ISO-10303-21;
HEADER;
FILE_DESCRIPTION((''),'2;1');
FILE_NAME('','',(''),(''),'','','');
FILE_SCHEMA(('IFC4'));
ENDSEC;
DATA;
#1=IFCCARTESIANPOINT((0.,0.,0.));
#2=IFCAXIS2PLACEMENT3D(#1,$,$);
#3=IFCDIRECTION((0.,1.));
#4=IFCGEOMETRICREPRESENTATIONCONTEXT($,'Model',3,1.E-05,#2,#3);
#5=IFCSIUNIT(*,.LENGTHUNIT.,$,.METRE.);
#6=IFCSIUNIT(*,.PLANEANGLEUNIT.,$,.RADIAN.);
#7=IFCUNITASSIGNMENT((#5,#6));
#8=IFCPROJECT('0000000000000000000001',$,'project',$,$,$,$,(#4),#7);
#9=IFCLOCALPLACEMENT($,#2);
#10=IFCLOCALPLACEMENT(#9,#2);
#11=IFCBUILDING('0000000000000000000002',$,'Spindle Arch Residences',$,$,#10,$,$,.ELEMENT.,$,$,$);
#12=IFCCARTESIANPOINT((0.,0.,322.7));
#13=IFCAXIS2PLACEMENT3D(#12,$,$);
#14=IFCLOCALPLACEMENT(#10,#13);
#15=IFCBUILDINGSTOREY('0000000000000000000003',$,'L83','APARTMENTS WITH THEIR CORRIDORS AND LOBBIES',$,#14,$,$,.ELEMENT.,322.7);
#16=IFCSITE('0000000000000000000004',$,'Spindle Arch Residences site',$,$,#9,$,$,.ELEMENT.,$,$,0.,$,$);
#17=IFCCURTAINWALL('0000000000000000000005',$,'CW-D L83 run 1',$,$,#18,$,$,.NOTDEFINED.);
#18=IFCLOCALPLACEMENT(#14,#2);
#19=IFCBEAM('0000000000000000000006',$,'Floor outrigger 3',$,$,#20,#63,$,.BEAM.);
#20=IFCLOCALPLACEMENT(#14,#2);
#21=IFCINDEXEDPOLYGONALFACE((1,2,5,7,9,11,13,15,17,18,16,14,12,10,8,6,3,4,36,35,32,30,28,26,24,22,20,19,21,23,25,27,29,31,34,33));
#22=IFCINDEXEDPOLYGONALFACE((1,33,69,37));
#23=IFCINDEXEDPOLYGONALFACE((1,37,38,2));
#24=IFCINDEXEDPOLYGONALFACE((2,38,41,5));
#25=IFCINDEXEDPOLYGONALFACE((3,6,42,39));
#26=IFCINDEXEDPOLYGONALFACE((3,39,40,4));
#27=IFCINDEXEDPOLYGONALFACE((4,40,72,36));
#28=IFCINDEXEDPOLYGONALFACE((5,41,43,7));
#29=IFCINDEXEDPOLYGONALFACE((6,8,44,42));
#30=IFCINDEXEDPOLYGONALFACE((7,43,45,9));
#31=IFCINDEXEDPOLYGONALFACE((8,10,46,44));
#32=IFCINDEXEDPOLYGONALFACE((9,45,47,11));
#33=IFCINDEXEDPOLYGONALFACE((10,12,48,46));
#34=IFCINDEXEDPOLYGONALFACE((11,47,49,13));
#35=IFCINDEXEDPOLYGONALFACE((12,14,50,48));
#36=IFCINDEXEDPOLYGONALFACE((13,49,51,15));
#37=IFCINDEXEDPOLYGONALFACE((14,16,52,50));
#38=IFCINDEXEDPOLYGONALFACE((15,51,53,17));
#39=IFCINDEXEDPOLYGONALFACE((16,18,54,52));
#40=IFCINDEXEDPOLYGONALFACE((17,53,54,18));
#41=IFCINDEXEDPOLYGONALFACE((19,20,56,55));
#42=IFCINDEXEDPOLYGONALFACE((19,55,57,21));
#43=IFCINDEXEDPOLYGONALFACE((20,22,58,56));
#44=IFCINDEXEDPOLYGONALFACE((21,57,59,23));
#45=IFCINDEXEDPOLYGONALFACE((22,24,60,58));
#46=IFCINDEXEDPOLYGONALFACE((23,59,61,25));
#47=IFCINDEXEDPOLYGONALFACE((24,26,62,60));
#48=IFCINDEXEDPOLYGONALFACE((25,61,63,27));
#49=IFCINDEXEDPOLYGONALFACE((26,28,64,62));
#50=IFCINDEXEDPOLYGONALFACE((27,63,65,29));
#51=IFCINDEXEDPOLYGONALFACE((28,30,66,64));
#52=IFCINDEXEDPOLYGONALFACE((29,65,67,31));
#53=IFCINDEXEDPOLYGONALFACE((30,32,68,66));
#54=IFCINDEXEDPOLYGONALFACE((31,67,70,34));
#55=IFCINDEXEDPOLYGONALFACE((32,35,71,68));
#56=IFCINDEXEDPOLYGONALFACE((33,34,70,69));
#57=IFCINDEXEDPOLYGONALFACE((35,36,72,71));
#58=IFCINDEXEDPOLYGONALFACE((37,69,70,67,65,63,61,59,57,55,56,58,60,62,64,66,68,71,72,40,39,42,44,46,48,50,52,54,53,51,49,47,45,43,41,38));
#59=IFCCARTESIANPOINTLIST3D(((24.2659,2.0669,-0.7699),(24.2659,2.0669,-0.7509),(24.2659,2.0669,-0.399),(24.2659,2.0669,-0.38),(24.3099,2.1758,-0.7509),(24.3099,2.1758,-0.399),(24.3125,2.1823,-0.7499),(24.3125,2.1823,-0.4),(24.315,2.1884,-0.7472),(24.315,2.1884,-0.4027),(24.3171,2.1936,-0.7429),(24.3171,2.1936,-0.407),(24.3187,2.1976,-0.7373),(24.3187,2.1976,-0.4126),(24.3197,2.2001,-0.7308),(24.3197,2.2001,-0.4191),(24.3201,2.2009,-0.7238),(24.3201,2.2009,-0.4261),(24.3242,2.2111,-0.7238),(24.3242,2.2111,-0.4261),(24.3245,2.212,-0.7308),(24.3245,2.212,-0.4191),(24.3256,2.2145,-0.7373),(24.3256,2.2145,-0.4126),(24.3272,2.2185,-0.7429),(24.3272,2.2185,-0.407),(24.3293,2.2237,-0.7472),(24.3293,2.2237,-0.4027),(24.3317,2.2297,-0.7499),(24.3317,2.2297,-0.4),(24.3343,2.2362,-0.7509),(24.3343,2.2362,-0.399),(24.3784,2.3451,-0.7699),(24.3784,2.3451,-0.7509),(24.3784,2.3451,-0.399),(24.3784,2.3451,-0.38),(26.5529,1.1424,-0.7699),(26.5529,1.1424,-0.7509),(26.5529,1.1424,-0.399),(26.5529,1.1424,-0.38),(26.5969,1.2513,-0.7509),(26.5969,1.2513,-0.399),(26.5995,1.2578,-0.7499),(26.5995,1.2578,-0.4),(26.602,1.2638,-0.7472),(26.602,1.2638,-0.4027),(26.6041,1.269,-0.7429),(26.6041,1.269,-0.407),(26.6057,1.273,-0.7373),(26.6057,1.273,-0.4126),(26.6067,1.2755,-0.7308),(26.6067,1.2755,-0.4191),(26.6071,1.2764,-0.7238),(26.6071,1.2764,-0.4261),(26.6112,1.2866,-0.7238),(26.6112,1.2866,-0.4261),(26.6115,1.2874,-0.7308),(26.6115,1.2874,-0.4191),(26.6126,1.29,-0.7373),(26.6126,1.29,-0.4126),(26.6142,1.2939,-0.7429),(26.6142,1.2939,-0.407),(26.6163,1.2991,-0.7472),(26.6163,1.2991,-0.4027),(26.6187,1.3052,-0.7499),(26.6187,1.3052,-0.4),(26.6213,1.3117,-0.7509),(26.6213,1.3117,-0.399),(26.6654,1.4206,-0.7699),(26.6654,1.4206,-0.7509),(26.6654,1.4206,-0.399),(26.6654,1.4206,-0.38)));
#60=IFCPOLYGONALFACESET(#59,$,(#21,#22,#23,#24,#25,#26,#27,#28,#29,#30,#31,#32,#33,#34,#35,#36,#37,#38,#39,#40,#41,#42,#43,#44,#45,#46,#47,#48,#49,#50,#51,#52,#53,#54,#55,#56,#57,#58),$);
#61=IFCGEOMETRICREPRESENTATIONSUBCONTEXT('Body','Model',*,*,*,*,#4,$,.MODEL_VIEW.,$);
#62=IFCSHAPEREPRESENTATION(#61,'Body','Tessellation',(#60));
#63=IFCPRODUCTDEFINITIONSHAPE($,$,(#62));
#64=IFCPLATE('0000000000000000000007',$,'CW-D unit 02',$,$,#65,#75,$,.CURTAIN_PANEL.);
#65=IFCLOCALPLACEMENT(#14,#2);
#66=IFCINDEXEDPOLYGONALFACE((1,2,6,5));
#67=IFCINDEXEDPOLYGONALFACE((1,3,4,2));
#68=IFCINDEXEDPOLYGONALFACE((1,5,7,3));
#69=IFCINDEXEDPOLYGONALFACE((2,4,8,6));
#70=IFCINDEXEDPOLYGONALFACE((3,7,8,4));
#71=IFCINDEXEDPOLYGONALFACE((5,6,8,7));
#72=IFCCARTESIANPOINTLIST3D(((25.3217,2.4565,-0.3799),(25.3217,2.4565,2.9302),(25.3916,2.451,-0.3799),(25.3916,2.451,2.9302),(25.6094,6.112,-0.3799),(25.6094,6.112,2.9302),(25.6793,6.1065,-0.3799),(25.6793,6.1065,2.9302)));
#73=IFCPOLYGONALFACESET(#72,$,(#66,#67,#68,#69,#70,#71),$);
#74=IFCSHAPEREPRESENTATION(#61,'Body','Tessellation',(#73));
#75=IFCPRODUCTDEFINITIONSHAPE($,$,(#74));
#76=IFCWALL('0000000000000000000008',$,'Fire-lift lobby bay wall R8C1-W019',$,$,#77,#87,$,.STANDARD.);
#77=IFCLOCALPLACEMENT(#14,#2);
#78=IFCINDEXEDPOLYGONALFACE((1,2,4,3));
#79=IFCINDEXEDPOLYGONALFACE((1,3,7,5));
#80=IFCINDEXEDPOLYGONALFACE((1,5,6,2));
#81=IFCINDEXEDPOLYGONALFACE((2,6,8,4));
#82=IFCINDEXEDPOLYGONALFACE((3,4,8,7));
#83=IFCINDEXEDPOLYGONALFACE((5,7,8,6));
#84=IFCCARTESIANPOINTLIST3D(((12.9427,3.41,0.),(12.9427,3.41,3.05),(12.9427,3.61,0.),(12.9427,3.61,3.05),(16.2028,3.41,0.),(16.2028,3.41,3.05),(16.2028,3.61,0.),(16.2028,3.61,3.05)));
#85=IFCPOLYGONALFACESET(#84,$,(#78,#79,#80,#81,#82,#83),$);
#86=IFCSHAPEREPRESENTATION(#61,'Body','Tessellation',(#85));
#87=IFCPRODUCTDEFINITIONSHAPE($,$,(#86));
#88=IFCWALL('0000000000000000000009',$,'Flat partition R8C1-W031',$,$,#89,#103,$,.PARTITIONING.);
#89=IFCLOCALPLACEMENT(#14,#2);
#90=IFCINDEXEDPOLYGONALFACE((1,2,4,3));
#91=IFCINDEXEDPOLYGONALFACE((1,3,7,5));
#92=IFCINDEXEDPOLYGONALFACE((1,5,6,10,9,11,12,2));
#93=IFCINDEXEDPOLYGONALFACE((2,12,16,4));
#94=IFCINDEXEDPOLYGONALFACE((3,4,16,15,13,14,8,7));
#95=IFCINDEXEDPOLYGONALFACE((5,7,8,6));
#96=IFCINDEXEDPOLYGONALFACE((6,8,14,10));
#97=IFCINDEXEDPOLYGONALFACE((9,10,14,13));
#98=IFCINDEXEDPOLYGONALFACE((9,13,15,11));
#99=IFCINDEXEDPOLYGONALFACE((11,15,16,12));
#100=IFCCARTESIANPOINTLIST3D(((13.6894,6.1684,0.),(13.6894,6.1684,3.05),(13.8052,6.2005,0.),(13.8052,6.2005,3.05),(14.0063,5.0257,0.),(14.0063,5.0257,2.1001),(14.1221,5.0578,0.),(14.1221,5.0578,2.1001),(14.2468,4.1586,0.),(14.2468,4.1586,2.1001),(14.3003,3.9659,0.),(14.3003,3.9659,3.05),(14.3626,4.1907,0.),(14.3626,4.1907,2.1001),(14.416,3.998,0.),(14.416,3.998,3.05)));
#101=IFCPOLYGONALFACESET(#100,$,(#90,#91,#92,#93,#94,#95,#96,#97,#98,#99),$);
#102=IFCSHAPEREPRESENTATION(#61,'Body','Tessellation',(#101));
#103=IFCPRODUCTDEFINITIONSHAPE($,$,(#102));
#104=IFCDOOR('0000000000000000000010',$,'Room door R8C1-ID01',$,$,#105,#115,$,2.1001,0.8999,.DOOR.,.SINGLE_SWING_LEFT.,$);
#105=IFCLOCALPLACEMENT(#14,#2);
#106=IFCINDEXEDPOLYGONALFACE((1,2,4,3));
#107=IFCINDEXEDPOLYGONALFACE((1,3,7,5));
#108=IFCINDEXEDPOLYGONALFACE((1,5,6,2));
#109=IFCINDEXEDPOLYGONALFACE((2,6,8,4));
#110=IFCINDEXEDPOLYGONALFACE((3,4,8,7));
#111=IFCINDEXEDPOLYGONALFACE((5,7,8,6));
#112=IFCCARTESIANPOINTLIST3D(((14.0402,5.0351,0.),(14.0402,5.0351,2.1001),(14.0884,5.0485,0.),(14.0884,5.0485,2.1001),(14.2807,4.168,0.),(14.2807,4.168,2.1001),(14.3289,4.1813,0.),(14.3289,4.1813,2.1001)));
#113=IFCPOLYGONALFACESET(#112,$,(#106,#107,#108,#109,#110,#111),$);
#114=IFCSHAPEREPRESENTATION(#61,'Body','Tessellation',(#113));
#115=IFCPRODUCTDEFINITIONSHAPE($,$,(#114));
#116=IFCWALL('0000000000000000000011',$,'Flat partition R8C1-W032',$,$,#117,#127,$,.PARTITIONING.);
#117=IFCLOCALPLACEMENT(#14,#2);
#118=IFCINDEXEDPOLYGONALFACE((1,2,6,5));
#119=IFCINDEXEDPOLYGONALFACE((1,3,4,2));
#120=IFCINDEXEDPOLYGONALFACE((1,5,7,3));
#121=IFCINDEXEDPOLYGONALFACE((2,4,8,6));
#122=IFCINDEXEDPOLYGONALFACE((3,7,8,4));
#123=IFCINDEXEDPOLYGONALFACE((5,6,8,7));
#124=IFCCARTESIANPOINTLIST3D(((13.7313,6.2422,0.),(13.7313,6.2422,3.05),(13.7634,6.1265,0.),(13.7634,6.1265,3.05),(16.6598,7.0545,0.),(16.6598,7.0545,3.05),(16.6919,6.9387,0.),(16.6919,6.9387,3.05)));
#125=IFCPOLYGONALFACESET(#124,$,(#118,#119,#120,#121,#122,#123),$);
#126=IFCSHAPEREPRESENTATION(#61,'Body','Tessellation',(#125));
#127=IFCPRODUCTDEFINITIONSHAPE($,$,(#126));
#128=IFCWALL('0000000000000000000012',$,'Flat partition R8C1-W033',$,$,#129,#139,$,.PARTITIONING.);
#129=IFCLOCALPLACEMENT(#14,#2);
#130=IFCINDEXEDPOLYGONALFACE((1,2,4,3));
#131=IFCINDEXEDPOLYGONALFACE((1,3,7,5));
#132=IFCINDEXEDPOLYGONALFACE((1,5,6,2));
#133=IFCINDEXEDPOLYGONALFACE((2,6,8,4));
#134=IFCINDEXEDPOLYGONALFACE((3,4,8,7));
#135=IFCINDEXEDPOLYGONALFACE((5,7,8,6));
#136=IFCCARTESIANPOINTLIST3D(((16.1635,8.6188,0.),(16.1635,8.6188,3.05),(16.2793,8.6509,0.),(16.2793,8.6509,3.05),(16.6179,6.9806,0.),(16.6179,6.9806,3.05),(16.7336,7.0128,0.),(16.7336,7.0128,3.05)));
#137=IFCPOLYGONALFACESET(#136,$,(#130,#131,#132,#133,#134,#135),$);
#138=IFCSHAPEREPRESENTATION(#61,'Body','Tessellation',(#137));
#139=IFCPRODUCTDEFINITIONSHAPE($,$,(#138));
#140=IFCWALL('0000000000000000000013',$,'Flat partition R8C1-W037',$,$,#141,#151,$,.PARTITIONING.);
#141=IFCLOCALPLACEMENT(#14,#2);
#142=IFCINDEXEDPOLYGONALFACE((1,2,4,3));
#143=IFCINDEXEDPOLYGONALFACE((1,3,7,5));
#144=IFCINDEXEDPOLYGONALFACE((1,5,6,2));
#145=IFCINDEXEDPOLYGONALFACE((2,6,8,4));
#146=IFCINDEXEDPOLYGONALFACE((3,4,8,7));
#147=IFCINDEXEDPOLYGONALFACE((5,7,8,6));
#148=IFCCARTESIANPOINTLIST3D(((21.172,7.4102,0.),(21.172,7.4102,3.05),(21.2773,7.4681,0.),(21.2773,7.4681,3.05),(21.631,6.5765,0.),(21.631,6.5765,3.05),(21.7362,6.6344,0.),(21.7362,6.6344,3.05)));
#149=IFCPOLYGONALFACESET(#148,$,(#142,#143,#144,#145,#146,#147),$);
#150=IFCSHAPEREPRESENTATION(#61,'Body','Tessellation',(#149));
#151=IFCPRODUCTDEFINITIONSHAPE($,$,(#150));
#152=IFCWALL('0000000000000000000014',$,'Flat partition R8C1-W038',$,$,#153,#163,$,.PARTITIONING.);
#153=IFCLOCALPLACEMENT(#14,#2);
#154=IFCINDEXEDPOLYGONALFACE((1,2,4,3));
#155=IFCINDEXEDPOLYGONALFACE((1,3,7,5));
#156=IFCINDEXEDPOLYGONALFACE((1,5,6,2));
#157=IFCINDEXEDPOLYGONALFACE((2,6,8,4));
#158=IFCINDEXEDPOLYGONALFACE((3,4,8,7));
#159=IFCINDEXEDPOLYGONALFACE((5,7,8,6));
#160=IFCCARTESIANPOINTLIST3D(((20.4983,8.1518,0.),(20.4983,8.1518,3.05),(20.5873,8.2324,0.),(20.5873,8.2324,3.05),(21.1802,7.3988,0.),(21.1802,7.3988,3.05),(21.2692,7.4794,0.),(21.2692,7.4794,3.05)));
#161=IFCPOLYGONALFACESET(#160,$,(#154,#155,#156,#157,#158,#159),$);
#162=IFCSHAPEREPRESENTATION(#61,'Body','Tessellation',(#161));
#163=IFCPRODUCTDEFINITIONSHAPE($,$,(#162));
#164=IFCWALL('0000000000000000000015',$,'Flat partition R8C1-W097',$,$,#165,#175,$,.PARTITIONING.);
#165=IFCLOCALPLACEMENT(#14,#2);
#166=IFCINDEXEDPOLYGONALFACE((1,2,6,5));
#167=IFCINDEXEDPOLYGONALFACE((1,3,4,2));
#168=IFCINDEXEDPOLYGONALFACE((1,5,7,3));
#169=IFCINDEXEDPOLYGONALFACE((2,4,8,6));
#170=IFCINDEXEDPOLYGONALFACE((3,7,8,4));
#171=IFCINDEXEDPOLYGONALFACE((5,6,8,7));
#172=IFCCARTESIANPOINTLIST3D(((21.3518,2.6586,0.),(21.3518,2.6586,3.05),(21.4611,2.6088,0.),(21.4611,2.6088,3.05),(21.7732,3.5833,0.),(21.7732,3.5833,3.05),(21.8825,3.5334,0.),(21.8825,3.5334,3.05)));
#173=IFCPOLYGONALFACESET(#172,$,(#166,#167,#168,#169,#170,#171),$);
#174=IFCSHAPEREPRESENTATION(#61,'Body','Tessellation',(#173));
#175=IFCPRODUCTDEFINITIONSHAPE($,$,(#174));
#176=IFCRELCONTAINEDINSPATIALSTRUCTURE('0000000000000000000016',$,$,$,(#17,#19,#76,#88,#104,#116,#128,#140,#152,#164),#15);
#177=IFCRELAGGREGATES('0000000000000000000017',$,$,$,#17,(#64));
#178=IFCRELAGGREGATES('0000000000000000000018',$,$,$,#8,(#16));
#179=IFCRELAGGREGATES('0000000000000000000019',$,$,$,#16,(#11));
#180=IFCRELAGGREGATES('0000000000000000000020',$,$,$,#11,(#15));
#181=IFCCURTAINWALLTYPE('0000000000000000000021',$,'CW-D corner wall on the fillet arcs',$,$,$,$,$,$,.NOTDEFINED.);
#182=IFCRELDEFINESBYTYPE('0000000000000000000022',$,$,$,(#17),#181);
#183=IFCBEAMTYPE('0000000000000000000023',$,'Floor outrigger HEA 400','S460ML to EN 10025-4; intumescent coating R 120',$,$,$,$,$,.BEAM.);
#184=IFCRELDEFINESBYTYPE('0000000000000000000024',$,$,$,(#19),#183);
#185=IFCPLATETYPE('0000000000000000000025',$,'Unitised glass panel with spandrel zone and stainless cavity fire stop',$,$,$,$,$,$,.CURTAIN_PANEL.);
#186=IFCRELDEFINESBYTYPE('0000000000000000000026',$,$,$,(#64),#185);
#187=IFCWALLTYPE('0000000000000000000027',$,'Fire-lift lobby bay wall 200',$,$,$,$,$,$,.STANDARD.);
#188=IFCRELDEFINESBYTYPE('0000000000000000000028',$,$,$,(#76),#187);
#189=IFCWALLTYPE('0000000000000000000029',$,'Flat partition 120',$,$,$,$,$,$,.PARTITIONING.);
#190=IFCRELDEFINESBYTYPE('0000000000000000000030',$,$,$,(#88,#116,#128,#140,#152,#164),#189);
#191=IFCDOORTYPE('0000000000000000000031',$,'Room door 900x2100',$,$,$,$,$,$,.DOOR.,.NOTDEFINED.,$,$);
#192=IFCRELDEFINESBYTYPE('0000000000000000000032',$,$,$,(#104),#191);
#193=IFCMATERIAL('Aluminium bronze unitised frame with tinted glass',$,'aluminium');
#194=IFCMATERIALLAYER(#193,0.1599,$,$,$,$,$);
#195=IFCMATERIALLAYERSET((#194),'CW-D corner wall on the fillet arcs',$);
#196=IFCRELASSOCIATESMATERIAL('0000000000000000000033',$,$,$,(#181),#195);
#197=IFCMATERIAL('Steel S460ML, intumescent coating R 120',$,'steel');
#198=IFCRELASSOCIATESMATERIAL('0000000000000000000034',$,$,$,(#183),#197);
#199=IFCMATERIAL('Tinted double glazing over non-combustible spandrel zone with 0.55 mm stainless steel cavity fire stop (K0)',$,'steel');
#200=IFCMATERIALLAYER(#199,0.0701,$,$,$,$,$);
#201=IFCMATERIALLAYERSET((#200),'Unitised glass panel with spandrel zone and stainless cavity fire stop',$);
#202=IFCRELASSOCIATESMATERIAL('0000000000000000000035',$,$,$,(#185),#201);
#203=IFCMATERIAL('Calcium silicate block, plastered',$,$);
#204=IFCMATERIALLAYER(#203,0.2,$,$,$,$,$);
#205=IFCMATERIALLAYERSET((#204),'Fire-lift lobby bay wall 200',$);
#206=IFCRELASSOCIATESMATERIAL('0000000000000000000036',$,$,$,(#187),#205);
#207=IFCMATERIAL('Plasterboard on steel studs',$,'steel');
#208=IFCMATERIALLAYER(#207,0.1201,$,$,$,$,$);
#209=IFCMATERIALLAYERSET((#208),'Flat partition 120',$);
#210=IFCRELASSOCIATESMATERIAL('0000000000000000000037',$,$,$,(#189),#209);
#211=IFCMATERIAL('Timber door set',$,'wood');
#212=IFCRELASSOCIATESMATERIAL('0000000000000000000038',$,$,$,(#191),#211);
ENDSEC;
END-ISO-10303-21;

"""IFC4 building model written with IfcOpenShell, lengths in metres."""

from ifc_helpers import new_model, si_unit, direction, frame, frame_2d, origin, origin_2d, place, context, subcontext, project, spatial, rectangle, i_section, extrude, material, layer, layer_set, material_profile, profile_set, type_object, element, fill, aggregate, save


model = new_model("IFC4")

# Units and contexts
model_context = context("Model", 3, precision=1e-05, world=origin(), true_north=direction((0.0, 1.0)))
body_context = subcontext(model_context, "Body", "Model", "MODEL_VIEW")
ifc_project = project(units=[si_unit("LENGTHUNIT", "METRE"), si_unit("PLANEANGLEUNIT", "RADIAN")], contexts=[model_context])

# Site, building, storey
site_placement = place(None, origin())
site = spatial("IfcSite", under=ifc_project, at=site_placement, Name="Spindle Arch Residences site", CompositionType="ELEMENT", RefElevation=0.0)
building_placement = place(site_placement, origin())
building = spatial("IfcBuilding", under=site, at=building_placement, Name="Spindle Arch Residences", CompositionType="ELEMENT")
storey_placement = place(building_placement, frame((0.0, 0.0, 322.7)))
storey = spatial("IfcBuildingStorey", under=building, at=storey_placement, Name="L83", Description="APARTMENTS WITH THEIR CORRIDORS AND LOBBIES", CompositionType="ELEMENT", Elevation=322.7)

# Curtain wall
ifc_material_1 = material(Name="Aluminium bronze unitised frame with tinted glass", Category="aluminium")
ifc_layer_1 = layer(ifc_material_1, 0.1599)
ifc_layer_set_1 = layer_set([ifc_layer_1], Name="CW-D corner wall on the fillet arcs")
curtain_wall_type = type_object("IfcCurtainWallType", Name="CW-D corner wall on the fillet arcs", PredefinedType="NOTDEFINED", material=ifc_layer_set_1)
curtain_wall_placement = place(storey_placement, origin())
curtain_wall = element("IfcCurtainWall", 1, at=curtain_wall_placement, inside=storey, type_object=curtain_wall_type, Name="CW-D L83 run 1", PredefinedType="NOTDEFINED")

# Beam
ifc_material_2 = material(Name="Steel S460ML, intumescent coating R 120", Category="steel")
ifc_material_profile_1 = material_profile(ifc_material_2, i_section(OverallWidth=0.3, OverallDepth=0.3899, WebThickness=0.011, FlangeThickness=0.019, FilletRadius=0.0271, at=origin_2d()), Name="HEA 400")
ifc_profile_set_1 = profile_set([ifc_material_profile_1], Name="Steel S460ML, intumescent coating R 120")
beam_type = type_object("IfcBeamType", Name="Floor outrigger HEA 400", Description="S460ML to EN 10025-4; intumescent coating R 120", PredefinedType="BEAM", material=ifc_profile_set_1)
beam_placement = place(storey_placement, frame((26.6091, 1.2815, -0.575), z_axis=(-0.927112, 0.374784, 0.0), x_axis=(-0.374784, -0.927112, 0.0)))
element("IfcBeam", 2, at=beam_placement, inside=storey, type_object=beam_type, Name="Floor outrigger 3", PredefinedType="BEAM", context=body_context, shape_type="SweptSolid", body=[
    extrude(i_section(OverallWidth=0.3, OverallDepth=0.3899, WebThickness=0.011, FlangeThickness=0.019, FilletRadius=0.0271, at=origin_2d()), origin(), (0.0, 0.0, 1.0), 2.4668),
])

# Plate
ifc_material_3 = material(Name="Tinted double glazing over non-combustible spandrel zone with 0.55 mm stainless steel cavity fire stop (K0)", Category="steel")
ifc_layer_2 = layer(ifc_material_3, 0.0701)
ifc_layer_set_2 = layer_set([ifc_layer_2], Name="Unitised glass panel with spandrel zone and stainless cavity fire stop")
plate_type = type_object("IfcPlateType", Name="Unitised glass panel with spandrel zone and stainless cavity fire stop", PredefinedType="CURTAIN_PANEL", material=ifc_layer_set_2)
plate_placement = place(storey_placement, frame((25.5005, 4.2815, -0.3799), z_axis=(0.0, 0.0, 1.0), x_axis=(0.078459, 0.996917, 0.0)))
plate = element("IfcPlate", 3, at=plate_placement, type_object=plate_type, Name="CW-D unit 02", PredefinedType="CURTAIN_PANEL", context=body_context, shape_type="SweptSolid", body=[
    extrude(rectangle(XDim=3.6667, YDim=0.0701, at=origin_2d()), origin(), (0.0, 0.0, 1.0), 3.3101),
])
aggregate(curtain_wall, [plate])

# Wall
ifc_material_4 = material(Name="Calcium silicate block, plastered")
ifc_layer_3 = layer(ifc_material_4, 0.2)
ifc_layer_set_3 = layer_set([ifc_layer_3], Name="Fire-lift lobby bay wall 200")
wall_type_1 = type_object("IfcWallType", Name="Fire-lift lobby bay wall 200", PredefinedType="STANDARD", material=ifc_layer_set_3)
wall_1_placement = place(storey_placement, frame((16.2026, 3.51, 0.0), z_axis=(0.0, 0.0, 1.0), x_axis=(-1.0, 0.0, 0.0)))
element("IfcWall", 4, at=wall_1_placement, inside=storey, type_object=wall_type_1, Name="Fire-lift lobby bay wall R8C1-W019", PredefinedType="STANDARD", context=body_context, shape_type="SweptSolid", body=[
    extrude(rectangle(XDim=3.26, YDim=0.2, at=frame_2d((1.6299, 0.0))), origin(), (0.0, 0.0, 1.0), 3.05),
])

# Wall, opening, door
ifc_material_5 = material(Name="Plasterboard on steel studs", Category="steel")
ifc_layer_4 = layer(ifc_material_5, 0.1201)
ifc_layer_set_4 = layer_set([ifc_layer_4], Name="Flat partition 120")
wall_type_2 = type_object("IfcWallType", Name="Flat partition 120", PredefinedType="PARTITIONING", material=ifc_layer_set_4)
wall_2_placement = place(storey_placement, frame((14.3582, 3.9819, 0.0), z_axis=(0.0, 0.0, 1.0), x_axis=(-0.267264, 0.963623, 0.0)))
wall_2 = element("IfcWall", 5, at=wall_2_placement, inside=storey, type_object=wall_type_2, Name="Flat partition R8C1-W031", PredefinedType="PARTITIONING", context=body_context, shape_type="SweptSolid", body=[
    extrude(rectangle(XDim=2.2856, YDim=0.1201, at=frame_2d((1.1428, 0.0))), origin(), (0.0, 0.0, 1.0), 3.05),
])
opening_1_placement = place(wall_2_placement, frame((0.2, 0.0, 0.0)))
opening_1 = element("IfcOpeningElement", 6, at=opening_1_placement, cuts=wall_2, PredefinedType="OPENING", context=body_context, shape_type="SweptSolid", body=[
    extrude(rectangle(XDim=0.8999, YDim=2.1001, at=frame_2d((0.45, 1.05))), frame((0.0, 0.0701, 0.0), z_axis=(0.0, -1.0, 0.0), x_axis=(1.0, 0.0, 0.0)), (0.0, 0.0, 1.0), 0.1401),
])
ifc_material_6 = material(Name="Timber door set", Category="wood")
door_type_1 = type_object("IfcDoorType", Name="Room door 900x2100", OperationType="NOTDEFINED", PredefinedType="DOOR", material=ifc_material_6)
door_1_placement = place(opening_1_placement, origin())
door_1 = element("IfcDoor", 7, at=door_1_placement, inside=storey, type_object=door_type_1, Name="Room door R8C1-ID01", OperationType="SINGLE_SWING_LEFT", OverallHeight=2.1001, OverallWidth=0.8999, PredefinedType="DOOR", context=body_context, shape_type="SweptSolid", body=[
    extrude(rectangle(XDim=0.8999, YDim=2.1001, at=frame_2d((0.45, 1.05))), frame((0.0, 0.0249, 0.0), z_axis=(0.0, -1.0, 0.0), x_axis=(1.0, 0.0, 0.0)), (0.0, 0.0, 1.0), 0.05),
])
fill(opening_1, door_1)

# Walls
wall_3_placement = place(storey_placement, frame((13.7473, 6.1843, 0.0), z_axis=(0.0, 0.0, 1.0), x_axis=(0.96362, 0.267275, 0.0)))
element("IfcWall", 8, at=wall_3_placement, inside=storey, type_object=wall_type_2, Name="Flat partition R8C1-W032", PredefinedType="PARTITIONING", context=body_context, shape_type="SweptSolid", body=[
    extrude(rectangle(XDim=3.0391, YDim=0.1201, at=frame_2d((1.5195, 0.0))), origin(), (0.0, 0.0, 1.0), 3.05),
])
wall_4_placement = place(storey_placement, frame((16.6758, 6.9966, 0.0), z_axis=(0.0, 0.0, 1.0), x_axis=(-0.267259, 0.963625, 0.0)))
element("IfcWall", 9, at=wall_4_placement, inside=storey, type_object=wall_type_2, Name="Flat partition R8C1-W033", PredefinedType="PARTITIONING", context=body_context, shape_type="SweptSolid", body=[
    extrude(rectangle(XDim=1.7, YDim=0.1201, at=frame_2d((0.8501, 0.0))), origin(), (0.0, 0.0, 1.0), 3.05),
])
wall_5_placement = place(storey_placement, frame((21.6836, 6.6055, 0.0), z_axis=(0.0, 0.0, 1.0), x_axis=(-0.482263, 0.876026, 0.0)))
element("IfcWall", 10, at=wall_5_placement, inside=storey, type_object=wall_type_2, Name="Flat partition R8C1-W037", PredefinedType="PARTITIONING", context=body_context, shape_type="SweptSolid", body=[
    extrude(rectangle(XDim=0.9517, YDim=0.1201, at=frame_2d((0.4758, 0.0))), origin(), (0.0, 0.0, 1.0), 3.05),
])
wall_6_placement = place(storey_placement, frame((21.2246, 7.4392, 0.0), z_axis=(0.0, 0.0, 1.0), x_axis=(-0.671272, 0.741211, 0.0)))
element("IfcWall", 11, at=wall_6_placement, inside=storey, type_object=wall_type_2, Name="Flat partition R8C1-W038", PredefinedType="PARTITIONING", context=body_context, shape_type="SweptSolid", body=[
    extrude(rectangle(XDim=1.0159, YDim=0.1201, at=frame_2d((0.5078, 0.0))), origin(), (0.0, 0.0, 1.0), 3.05),
])
wall_7_placement = place(storey_placement, frame((21.8279, 3.5583, 0.0), z_axis=(0.0, 0.0, 1.0), x_axis=(-0.414726, -0.909946, 0.0)))
element("IfcWall", 12, at=wall_7_placement, inside=storey, type_object=wall_type_2, Name="Flat partition R8C1-W097", PredefinedType="PARTITIONING", context=body_context, shape_type="SweptSolid", body=[
    extrude(rectangle(XDim=1.0161, YDim=0.1201, at=frame_2d((0.5081, 0.0))), origin(), (0.0, 0.0, 1.0), 3.05),
])

save(model, "model.ifc")
